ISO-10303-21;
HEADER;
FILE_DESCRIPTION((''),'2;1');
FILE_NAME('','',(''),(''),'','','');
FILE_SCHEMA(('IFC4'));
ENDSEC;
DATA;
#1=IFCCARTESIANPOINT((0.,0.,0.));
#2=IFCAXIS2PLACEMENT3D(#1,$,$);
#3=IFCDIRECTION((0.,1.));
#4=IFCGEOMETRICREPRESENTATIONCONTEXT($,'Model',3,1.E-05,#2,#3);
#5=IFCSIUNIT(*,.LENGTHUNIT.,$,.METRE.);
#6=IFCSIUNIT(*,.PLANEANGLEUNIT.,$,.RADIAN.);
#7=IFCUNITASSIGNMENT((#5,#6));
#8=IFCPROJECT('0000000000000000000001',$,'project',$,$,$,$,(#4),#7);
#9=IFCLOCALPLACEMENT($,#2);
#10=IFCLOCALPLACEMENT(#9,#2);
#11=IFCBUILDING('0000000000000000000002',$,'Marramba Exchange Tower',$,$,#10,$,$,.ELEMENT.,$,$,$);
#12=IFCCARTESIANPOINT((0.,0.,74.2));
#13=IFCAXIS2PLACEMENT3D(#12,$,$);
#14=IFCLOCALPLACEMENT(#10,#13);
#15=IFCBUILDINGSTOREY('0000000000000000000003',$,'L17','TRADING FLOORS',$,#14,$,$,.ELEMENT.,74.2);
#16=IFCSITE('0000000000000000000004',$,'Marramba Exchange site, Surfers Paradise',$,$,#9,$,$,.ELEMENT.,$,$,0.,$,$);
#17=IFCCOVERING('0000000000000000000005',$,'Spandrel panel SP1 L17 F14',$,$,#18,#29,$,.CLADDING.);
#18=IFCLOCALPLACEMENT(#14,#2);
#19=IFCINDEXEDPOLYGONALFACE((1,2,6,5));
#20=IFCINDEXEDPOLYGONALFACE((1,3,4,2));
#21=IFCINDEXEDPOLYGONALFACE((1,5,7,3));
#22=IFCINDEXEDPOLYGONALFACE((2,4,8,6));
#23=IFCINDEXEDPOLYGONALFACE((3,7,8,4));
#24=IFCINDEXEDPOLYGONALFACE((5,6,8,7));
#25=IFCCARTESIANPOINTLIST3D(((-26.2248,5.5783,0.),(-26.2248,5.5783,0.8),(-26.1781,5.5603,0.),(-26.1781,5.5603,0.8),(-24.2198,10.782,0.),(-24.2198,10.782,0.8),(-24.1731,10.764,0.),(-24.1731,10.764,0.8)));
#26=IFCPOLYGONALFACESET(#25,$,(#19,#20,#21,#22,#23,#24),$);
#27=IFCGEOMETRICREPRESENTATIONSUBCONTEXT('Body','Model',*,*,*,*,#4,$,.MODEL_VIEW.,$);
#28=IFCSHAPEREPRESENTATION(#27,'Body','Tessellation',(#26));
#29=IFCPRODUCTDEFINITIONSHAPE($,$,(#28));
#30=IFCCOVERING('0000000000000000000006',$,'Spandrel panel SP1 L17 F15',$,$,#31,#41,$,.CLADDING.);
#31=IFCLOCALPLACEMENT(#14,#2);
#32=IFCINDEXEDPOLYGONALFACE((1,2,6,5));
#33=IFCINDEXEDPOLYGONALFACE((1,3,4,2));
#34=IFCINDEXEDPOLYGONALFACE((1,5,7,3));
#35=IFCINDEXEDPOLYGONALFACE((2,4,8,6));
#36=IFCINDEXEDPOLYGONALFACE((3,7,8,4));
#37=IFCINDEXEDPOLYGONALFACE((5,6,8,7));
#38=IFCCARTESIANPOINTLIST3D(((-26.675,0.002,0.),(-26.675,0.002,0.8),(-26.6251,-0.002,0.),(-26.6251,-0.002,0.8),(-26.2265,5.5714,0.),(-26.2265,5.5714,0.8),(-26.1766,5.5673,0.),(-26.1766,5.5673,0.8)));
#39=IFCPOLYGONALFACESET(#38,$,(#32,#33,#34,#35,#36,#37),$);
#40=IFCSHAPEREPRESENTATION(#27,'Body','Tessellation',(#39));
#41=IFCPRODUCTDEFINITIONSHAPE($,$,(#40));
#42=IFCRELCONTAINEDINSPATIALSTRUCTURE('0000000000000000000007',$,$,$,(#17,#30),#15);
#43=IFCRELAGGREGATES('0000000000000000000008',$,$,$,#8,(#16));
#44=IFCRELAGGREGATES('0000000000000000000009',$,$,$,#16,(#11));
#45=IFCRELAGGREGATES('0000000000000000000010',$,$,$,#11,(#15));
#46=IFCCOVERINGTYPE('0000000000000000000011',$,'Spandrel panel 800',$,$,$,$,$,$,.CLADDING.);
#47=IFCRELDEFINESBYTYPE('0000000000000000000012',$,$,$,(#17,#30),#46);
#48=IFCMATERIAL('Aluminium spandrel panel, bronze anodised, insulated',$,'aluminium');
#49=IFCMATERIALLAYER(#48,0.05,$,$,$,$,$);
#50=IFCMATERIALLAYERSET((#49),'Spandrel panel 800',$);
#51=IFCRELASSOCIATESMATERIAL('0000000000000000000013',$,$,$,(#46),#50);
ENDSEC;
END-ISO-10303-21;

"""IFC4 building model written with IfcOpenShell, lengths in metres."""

from ifc_helpers import new_model, si_unit, direction, frame, origin, origin_2d, place, context, subcontext, project, spatial, rectangle, extrude, material, layer, layer_set, type_object, element, save


model = new_model("IFC4")

# Units and contexts
model_context = context("Model", 3, precision=1e-05, world=origin(), true_north=direction((0.0, 1.0)))
body_context = subcontext(model_context, "Body", "Model", "MODEL_VIEW")
ifc_project = project(units=[si_unit("LENGTHUNIT", "METRE"), si_unit("PLANEANGLEUNIT", "RADIAN")], contexts=[model_context])

# Site, building, storey
site_placement = place(None, origin())
site = spatial("IfcSite", under=ifc_project, at=site_placement, Name="Marramba Exchange site, Surfers Paradise", CompositionType="ELEMENT", RefElevation=0.0)
building_placement = place(site_placement, origin())
building = spatial("IfcBuilding", under=site, at=building_placement, Name="Marramba Exchange Tower", CompositionType="ELEMENT")
storey_placement = place(building_placement, frame((0.0, 0.0, 74.2)))
storey = spatial("IfcBuildingStorey", under=building, at=storey_placement, Name="L17", Description="TRADING FLOORS", CompositionType="ELEMENT", Elevation=74.2)

# Coverings
ifc_material_1 = material(Name="Aluminium spandrel panel, bronze anodised, insulated", Category="aluminium")
ifc_layer_1 = layer(ifc_material_1, 0.05)
ifc_layer_set_1 = layer_set([ifc_layer_1], Name="Spandrel panel 800")
covering_type = type_object("IfcCoveringType", Name="Spandrel panel 800", PredefinedType="CLADDING", material=ifc_layer_set_1)
covering_1_placement = place(storey_placement, frame((-25.199, 8.1711, 0.0), z_axis=(0.0, 0.0, 1.0), x_axis=(-0.359526, -0.933135, 0.0)))
element("IfcCovering", 1, at=covering_1_placement, inside=storey, type_object=covering_type, Name="Spandrel panel SP1 L17 F14", PredefinedType="CLADDING", context=body_context, shape_type="SweptSolid", body=[
    extrude(rectangle(XDim=5.5767, YDim=0.05, at=origin_2d()), origin(), (0.0, 0.0, 1.0), 0.8),
])
covering_2_placement = place(storey_placement, frame((-26.4258, 2.7847, 0.0), z_axis=(0.0, 0.0, 1.0), x_axis=(-0.080275, -0.996773, 0.0)))
element("IfcCovering", 2, at=covering_2_placement, inside=storey, type_object=covering_type, Name="Spandrel panel SP1 L17 F15", PredefinedType="CLADDING", context=body_context, shape_type="SweptSolid", body=[
    extrude(rectangle(XDim=5.5874, YDim=0.05, at=origin_2d()), origin(), (0.0, 0.0, 1.0), 0.8),
])

save(model, "model.ifc")
